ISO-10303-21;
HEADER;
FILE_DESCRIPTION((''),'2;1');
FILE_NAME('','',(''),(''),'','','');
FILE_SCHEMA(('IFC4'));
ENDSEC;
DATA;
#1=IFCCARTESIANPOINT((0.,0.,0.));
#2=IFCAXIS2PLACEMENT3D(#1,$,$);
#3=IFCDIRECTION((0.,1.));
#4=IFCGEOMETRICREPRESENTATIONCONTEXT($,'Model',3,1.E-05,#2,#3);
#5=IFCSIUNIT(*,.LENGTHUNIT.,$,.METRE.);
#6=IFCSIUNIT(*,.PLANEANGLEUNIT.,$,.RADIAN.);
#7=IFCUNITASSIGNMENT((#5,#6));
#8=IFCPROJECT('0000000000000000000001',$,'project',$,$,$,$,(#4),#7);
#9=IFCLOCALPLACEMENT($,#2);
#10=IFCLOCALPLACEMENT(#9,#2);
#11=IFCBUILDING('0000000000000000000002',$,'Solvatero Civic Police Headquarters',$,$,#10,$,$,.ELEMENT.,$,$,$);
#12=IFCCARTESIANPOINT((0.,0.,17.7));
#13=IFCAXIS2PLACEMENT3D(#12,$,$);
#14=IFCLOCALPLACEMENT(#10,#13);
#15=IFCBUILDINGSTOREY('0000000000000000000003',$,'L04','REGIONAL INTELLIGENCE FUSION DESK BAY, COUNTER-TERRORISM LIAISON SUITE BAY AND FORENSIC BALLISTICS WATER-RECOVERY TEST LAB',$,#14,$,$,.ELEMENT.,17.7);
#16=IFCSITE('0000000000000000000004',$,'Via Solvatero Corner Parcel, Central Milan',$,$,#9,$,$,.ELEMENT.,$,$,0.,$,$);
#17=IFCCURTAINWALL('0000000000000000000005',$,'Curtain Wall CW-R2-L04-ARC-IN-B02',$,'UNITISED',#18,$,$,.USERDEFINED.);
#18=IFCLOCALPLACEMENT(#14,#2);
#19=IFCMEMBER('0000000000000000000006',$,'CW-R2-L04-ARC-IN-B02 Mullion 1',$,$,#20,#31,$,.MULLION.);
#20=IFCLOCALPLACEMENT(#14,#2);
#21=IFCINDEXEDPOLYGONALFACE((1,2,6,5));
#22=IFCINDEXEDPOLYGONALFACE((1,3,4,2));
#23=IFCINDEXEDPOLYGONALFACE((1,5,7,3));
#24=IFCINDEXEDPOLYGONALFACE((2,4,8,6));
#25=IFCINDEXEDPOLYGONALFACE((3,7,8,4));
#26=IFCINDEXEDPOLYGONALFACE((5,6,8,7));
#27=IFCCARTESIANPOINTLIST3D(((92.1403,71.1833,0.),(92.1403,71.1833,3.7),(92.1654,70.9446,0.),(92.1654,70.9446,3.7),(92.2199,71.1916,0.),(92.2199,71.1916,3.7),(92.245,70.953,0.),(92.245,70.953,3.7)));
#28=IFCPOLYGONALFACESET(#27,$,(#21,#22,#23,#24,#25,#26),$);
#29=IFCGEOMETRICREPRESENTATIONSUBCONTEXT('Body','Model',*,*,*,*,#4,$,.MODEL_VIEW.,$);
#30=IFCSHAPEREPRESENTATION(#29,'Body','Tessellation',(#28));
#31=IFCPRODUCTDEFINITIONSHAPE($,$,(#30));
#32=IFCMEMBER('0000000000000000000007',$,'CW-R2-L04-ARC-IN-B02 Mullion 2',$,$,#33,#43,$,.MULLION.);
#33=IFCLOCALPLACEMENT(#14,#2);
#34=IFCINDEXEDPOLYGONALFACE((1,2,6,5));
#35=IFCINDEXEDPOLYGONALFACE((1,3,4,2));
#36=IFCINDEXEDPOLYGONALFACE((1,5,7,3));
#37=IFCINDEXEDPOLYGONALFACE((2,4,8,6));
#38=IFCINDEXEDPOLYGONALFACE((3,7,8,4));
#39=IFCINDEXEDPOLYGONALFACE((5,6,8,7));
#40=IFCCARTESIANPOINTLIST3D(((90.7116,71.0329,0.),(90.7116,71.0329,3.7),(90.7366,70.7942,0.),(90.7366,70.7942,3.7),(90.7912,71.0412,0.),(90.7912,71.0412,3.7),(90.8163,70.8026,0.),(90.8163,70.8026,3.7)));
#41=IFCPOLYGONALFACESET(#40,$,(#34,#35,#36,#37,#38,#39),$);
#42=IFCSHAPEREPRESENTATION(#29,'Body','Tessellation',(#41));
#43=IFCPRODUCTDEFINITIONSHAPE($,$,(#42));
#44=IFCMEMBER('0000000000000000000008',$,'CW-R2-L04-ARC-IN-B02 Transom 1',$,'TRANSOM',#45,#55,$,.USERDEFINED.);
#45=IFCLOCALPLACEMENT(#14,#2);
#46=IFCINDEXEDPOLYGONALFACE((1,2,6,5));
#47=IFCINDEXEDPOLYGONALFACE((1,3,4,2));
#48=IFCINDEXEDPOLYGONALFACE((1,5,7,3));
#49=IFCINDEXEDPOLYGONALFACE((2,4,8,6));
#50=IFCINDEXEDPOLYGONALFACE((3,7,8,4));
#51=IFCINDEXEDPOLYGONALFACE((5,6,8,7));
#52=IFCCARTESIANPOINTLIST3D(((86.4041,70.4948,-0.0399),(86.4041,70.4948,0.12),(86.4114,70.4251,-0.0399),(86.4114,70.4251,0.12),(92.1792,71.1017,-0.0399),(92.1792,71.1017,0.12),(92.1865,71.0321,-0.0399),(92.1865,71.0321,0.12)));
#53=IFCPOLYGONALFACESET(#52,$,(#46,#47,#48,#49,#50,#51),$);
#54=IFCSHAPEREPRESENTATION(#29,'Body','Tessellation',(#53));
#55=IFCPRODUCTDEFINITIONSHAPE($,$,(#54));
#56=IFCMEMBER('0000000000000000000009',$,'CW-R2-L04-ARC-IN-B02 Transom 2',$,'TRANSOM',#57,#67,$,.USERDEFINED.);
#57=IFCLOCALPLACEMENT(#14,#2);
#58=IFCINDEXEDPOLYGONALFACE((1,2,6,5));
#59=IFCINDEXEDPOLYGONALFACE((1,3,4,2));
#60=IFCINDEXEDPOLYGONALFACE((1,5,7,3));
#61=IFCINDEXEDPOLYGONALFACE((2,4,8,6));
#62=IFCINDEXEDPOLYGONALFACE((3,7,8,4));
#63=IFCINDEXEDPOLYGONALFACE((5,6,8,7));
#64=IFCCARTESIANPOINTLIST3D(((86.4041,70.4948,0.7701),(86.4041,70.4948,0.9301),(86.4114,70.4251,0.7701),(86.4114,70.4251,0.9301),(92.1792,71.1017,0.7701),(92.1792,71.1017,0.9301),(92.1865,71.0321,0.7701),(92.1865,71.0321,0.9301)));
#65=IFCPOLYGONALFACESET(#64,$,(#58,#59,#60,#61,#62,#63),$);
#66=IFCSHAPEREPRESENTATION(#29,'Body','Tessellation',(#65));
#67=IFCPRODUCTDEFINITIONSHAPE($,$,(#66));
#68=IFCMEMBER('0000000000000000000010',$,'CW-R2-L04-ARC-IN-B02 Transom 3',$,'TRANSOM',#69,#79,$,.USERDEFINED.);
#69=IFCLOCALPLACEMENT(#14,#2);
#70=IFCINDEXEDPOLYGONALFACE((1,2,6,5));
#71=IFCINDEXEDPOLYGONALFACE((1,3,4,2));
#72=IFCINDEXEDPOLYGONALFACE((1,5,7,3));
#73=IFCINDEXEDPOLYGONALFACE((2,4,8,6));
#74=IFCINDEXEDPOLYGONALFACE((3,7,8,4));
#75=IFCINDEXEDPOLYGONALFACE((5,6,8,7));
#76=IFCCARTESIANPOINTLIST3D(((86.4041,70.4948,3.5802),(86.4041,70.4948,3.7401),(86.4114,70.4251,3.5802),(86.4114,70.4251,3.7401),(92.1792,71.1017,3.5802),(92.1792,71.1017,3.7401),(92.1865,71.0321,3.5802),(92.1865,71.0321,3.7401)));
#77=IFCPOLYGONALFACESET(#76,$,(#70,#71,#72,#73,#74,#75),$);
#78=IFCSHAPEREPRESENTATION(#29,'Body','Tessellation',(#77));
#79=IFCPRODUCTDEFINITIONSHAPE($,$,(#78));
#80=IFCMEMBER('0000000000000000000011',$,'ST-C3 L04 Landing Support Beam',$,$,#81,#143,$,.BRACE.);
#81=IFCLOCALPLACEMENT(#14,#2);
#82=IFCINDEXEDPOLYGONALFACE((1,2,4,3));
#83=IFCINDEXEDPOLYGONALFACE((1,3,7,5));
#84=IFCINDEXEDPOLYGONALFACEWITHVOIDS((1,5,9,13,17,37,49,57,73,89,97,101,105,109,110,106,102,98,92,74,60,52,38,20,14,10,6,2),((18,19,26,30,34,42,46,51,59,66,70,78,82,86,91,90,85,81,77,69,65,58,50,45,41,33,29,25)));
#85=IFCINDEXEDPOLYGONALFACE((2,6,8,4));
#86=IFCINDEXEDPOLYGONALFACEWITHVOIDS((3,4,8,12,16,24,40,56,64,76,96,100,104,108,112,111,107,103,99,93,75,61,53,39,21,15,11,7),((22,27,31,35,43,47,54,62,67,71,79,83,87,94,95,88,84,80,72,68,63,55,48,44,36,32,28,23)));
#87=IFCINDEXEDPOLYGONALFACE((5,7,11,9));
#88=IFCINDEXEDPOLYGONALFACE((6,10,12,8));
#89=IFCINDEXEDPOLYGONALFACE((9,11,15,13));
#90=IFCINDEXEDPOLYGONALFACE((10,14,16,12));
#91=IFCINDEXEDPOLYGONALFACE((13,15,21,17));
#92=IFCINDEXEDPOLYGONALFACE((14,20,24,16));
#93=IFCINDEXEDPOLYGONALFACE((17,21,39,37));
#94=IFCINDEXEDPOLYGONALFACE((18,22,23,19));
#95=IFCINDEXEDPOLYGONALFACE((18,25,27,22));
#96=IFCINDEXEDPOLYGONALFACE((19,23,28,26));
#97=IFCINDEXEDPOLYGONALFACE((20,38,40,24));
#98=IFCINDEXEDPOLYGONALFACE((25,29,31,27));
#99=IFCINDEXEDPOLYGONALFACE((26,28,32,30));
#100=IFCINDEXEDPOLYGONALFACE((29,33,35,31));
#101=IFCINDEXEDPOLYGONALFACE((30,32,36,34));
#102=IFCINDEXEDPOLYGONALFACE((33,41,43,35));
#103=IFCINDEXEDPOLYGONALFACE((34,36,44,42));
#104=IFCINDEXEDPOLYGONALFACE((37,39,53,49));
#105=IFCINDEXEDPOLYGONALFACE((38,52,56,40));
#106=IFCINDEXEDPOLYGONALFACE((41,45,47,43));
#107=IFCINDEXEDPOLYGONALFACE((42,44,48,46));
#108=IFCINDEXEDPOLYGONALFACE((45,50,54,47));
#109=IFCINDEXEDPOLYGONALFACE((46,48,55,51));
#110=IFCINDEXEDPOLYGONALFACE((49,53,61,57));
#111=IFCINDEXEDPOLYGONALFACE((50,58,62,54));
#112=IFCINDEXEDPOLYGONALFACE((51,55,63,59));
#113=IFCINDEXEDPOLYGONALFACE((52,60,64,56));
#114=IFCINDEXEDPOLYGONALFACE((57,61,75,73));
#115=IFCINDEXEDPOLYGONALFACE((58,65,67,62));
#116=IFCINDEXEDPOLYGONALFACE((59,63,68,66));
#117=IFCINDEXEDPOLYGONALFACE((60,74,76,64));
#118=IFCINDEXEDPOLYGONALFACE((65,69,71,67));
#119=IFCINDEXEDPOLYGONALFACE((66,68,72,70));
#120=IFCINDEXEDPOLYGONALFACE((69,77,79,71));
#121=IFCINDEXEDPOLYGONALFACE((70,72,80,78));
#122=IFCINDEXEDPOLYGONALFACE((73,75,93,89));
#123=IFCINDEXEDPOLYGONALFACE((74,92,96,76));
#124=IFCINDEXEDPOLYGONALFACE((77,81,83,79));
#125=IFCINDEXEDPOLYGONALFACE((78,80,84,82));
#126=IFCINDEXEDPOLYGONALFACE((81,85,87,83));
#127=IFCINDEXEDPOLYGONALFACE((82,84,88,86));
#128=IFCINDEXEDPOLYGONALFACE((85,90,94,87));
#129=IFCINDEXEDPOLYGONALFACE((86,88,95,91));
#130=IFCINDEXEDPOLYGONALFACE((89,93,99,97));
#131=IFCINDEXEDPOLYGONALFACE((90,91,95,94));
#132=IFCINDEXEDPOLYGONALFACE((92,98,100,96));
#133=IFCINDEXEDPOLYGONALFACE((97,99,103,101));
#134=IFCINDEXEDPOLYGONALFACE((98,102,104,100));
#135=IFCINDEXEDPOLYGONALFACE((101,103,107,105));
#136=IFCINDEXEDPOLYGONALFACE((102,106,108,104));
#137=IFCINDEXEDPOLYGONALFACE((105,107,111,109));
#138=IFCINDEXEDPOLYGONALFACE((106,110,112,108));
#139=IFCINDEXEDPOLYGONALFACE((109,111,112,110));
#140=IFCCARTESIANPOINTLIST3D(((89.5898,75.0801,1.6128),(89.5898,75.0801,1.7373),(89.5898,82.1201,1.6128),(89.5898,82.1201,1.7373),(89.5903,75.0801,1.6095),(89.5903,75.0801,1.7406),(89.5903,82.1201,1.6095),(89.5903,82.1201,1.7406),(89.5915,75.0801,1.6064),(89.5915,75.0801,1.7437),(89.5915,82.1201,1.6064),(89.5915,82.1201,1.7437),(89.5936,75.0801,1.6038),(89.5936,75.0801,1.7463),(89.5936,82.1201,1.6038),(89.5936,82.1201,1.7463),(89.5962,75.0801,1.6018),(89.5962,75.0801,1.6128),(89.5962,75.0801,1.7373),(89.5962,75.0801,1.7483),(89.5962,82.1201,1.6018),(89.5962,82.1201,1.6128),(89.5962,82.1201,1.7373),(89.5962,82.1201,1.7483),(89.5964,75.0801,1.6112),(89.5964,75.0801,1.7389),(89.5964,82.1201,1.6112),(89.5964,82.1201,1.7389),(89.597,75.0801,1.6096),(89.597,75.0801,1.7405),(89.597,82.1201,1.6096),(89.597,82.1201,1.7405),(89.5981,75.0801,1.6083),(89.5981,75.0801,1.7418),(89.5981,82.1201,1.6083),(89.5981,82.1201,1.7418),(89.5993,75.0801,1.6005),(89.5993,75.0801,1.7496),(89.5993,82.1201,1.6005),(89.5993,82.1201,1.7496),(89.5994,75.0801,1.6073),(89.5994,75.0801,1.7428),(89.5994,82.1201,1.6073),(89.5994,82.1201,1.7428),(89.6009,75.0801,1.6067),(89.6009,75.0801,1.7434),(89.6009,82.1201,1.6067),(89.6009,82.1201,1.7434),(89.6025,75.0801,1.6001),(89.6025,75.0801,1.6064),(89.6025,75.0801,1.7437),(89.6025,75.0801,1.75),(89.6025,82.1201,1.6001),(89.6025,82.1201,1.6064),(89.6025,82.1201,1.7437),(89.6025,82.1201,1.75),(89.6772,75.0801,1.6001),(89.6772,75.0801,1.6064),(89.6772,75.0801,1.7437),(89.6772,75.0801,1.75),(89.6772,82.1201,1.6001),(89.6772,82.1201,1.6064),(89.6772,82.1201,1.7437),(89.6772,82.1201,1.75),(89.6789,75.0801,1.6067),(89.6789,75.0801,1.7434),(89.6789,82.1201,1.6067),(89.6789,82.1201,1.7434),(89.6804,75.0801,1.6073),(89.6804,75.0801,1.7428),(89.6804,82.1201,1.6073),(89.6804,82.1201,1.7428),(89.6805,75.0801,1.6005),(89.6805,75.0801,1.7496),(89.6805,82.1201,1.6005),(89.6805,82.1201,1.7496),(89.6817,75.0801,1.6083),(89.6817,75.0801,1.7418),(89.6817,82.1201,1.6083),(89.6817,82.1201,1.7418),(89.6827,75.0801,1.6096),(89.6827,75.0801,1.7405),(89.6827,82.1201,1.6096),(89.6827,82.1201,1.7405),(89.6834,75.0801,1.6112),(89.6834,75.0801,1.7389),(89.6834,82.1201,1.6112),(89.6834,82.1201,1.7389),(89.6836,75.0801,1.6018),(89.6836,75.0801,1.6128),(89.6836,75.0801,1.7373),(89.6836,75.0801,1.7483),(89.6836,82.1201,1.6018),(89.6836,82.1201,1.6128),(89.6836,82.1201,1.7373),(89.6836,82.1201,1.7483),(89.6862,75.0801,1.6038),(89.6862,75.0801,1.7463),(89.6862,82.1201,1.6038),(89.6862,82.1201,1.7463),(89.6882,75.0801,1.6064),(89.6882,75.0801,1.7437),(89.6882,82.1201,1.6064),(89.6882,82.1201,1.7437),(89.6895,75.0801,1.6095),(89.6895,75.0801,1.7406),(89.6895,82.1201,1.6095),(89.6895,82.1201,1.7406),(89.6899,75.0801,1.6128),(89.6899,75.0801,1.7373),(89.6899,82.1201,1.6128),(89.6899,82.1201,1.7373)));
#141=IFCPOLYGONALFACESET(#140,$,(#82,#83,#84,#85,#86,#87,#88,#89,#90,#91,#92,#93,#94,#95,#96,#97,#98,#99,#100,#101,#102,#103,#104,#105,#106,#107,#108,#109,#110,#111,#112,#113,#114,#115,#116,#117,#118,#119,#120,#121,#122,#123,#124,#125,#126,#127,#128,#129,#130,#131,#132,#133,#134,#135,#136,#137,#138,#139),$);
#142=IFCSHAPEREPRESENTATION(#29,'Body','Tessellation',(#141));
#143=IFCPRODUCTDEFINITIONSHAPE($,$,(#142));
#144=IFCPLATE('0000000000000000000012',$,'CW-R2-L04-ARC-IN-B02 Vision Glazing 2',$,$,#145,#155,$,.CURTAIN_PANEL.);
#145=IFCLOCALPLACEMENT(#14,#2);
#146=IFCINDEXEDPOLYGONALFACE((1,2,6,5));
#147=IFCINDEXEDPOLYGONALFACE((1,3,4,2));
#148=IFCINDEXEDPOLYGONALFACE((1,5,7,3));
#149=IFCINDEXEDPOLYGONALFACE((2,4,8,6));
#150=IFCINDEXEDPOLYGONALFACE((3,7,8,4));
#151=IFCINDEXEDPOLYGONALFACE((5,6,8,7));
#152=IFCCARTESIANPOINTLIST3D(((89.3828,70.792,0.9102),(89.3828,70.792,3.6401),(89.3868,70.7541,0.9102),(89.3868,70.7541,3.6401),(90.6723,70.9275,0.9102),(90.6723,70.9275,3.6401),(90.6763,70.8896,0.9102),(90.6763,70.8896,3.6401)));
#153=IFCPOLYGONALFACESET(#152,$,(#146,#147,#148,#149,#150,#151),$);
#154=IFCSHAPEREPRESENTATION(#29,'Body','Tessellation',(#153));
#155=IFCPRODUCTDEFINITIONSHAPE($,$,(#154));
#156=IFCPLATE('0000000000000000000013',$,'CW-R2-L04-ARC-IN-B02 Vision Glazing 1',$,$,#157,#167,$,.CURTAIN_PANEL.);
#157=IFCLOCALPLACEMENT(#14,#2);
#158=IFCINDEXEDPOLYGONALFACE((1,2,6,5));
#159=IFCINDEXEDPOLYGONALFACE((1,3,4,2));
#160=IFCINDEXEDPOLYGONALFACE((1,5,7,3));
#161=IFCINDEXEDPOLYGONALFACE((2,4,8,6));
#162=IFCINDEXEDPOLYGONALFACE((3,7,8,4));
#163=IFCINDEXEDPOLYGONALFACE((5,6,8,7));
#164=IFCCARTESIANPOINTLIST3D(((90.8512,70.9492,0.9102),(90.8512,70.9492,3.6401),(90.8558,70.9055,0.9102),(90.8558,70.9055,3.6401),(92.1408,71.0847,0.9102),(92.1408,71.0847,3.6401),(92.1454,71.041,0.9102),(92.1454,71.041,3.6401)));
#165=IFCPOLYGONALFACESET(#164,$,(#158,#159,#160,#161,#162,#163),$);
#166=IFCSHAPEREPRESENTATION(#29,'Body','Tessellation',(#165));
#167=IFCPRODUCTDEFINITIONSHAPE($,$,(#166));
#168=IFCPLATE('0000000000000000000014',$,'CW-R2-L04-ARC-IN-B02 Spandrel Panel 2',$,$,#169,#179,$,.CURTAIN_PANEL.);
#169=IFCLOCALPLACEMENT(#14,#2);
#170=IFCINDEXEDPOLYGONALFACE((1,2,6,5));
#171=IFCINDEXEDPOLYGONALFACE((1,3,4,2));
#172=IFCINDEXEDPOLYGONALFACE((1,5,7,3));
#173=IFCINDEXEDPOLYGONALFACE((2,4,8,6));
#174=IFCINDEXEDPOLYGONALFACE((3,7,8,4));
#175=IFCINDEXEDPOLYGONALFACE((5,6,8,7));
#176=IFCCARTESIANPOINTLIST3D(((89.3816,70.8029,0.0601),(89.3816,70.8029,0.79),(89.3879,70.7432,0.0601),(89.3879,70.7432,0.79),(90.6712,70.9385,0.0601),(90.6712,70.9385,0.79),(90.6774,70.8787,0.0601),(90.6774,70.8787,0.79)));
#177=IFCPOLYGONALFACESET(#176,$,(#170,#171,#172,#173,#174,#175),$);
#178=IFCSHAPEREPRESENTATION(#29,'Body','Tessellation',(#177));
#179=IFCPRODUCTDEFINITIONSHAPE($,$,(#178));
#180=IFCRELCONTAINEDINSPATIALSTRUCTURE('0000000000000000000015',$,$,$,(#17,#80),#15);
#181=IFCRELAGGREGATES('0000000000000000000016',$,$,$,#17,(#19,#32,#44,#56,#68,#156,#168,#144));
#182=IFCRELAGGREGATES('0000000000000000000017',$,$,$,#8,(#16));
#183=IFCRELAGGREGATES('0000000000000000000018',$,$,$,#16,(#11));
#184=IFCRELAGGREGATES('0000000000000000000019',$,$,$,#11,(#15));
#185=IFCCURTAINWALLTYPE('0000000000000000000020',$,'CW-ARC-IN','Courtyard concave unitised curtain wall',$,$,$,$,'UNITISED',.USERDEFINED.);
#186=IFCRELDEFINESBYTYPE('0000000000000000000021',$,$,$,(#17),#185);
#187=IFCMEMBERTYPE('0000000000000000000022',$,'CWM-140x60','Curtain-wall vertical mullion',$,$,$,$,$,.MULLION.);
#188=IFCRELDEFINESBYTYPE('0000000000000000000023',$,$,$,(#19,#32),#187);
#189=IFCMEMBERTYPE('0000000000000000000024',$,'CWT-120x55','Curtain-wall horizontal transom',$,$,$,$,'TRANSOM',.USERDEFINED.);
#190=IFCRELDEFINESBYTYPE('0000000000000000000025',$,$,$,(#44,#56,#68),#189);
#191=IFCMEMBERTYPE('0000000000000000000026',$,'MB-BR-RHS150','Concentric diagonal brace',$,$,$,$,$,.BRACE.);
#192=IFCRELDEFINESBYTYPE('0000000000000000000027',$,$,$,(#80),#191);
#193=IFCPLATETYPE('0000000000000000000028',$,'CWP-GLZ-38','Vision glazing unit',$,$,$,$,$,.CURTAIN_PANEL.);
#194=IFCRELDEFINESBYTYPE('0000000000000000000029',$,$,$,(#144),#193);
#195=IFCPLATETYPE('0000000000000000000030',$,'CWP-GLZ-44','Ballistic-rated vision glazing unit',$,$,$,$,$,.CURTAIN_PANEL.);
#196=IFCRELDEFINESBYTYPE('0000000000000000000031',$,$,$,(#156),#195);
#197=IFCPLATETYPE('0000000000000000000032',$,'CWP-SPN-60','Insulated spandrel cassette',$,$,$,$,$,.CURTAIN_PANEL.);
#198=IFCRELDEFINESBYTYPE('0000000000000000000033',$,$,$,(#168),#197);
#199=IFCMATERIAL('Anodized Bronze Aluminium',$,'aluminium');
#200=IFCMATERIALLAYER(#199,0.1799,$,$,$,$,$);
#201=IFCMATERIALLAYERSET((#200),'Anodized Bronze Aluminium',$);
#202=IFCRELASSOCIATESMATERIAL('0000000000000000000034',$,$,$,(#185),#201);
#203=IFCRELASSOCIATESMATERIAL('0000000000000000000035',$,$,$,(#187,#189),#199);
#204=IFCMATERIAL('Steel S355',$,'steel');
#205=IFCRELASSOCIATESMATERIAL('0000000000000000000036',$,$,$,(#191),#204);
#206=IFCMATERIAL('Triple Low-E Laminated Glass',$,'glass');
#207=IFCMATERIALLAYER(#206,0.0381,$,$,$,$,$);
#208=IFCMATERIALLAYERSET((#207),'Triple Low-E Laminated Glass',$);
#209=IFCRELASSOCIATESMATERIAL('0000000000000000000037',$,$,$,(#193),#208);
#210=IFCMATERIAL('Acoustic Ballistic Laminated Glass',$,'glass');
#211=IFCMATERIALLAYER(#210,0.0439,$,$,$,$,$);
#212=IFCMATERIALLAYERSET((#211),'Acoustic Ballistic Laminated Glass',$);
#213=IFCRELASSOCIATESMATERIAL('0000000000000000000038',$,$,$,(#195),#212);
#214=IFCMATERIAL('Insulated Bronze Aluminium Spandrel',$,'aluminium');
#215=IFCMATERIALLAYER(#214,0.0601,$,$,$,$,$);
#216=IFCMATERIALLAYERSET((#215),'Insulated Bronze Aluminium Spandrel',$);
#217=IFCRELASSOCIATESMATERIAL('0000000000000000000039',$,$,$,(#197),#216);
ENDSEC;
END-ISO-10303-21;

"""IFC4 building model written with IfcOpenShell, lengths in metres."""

from ifc_helpers import new_model, si_unit, direction, frame, origin, origin_2d, place, context, subcontext, project, spatial, rectangle, hollow_rectangle, extrude, material, layer, layer_set, material_profile, profile_set, type_object, element, aggregate, save


model = new_model("IFC4")

# Units and contexts
model_context = context("Model", 3, precision=1e-05, world=origin(), true_north=direction((0.0, 1.0)))
body_context = subcontext(model_context, "Body", "Model", "MODEL_VIEW")
ifc_project = project(units=[si_unit("LENGTHUNIT", "METRE"), si_unit("PLANEANGLEUNIT", "RADIAN")], contexts=[model_context])

# Site, building, storey
site_placement = place(None, origin())
site = spatial("IfcSite", under=ifc_project, at=site_placement, Name="Via Solvatero Corner Parcel, Central Milan", CompositionType="ELEMENT", RefElevation=0.0)
building_placement = place(site_placement, origin())
building = spatial("IfcBuilding", under=site, at=building_placement, Name="Solvatero Civic Police Headquarters", CompositionType="ELEMENT")
storey_placement = place(building_placement, frame((0.0, 0.0, 17.7)))
storey = spatial("IfcBuildingStorey", under=building, at=storey_placement, Name="L04", Description="REGIONAL INTELLIGENCE FUSION DESK BAY, COUNTER-TERRORISM LIAISON SUITE BAY AND FORENSIC BALLISTICS WATER-RECOVERY TEST LAB", CompositionType="ELEMENT", Elevation=17.7)

# Curtain wall, members
ifc_material_1 = material(Name="Anodized Bronze Aluminium", Category="aluminium")
ifc_layer_1 = layer(ifc_material_1, 0.1799)
ifc_layer_set_1 = layer_set([ifc_layer_1], Name="Anodized Bronze Aluminium")
curtain_wall_type = type_object("IfcCurtainWallType", Name="CW-ARC-IN", Description="Courtyard concave unitised curtain wall", ElementType="UNITISED", PredefinedType="USERDEFINED", material=ifc_layer_set_1)
curtain_wall_placement = place(storey_placement, origin())
curtain_wall = element("IfcCurtainWall", 1, at=curtain_wall_placement, inside=storey, type_object=curtain_wall_type, Name="Curtain Wall CW-R2-L04-ARC-IN-B02", ObjectType="UNITISED", PredefinedType="USERDEFINED")
ifc_material_profile_1 = material_profile(ifc_material_1, rectangle(XDim=0.0801, YDim=0.24, at=origin_2d()), Name="ALU MULLION 80x240")
ifc_profile_set_1 = profile_set([ifc_material_profile_1], Name="Anodized Bronze Aluminium")
member_type_1 = type_object("IfcMemberType", Name="CWM-140x60", Description="Curtain-wall vertical mullion", PredefinedType="MULLION", material=ifc_profile_set_1)
member_1_placement = place(storey_placement, frame((92.1926, 71.0681, 0.0), z_axis=(0.0, 0.0, 1.0), x_axis=(-0.994522, -0.104528, 0.0)))
member_1 = element("IfcMember", 2, at=member_1_placement, type_object=member_type_1, Name="CW-R2-L04-ARC-IN-B02 Mullion 1", PredefinedType="MULLION", context=body_context, shape_type="SweptSolid", body=[
    extrude(rectangle(XDim=0.0801, YDim=0.24, at=origin_2d()), origin(), (0.0, 0.0, 1.0), 3.7),
])
member_2_placement = place(storey_placement, frame((90.7639, 70.9177, 0.0), z_axis=(0.0, 0.0, 1.0), x_axis=(-0.994522, -0.104528, 0.0)))
member_2 = element("IfcMember", 3, at=member_2_placement, type_object=member_type_1, Name="CW-R2-L04-ARC-IN-B02 Mullion 2", PredefinedType="MULLION", context=body_context, shape_type="SweptSolid", body=[
    extrude(rectangle(XDim=0.0801, YDim=0.24, at=origin_2d()), origin(), (0.0, 0.0, 1.0), 3.7),
])
ifc_material_profile_2 = material_profile(ifc_material_1, rectangle(XDim=0.0701, YDim=0.1599, at=origin_2d()), Name="ALU TRANSOM 70x160")
ifc_profile_set_2 = profile_set([ifc_material_profile_2], Name="Anodized Bronze Aluminium")
member_type_2 = type_object("IfcMemberType", Name="CWT-120x55", Description="Curtain-wall horizontal transom", ElementType="TRANSOM", PredefinedType="USERDEFINED", material=ifc_profile_set_2)
member_3_placement = place(storey_placement, frame((92.1829, 71.0669, 0.04), z_axis=(-0.994523, -0.104518, 0.0), x_axis=(0.104518, -0.994523, 0.0)))
member_3 = element("IfcMember", 4, at=member_3_placement, type_object=member_type_2, Name="CW-R2-L04-ARC-IN-B02 Transom 1", ObjectType="TRANSOM", PredefinedType="USERDEFINED", context=body_context, shape_type="SweptSolid", body=[
    extrude(rectangle(XDim=0.0701, YDim=0.1599, at=origin_2d()), origin(), (0.0, 0.0, 1.0), 5.8069),
])
member_4_placement = place(storey_placement, frame((92.1829, 71.0669, 0.8501), z_axis=(-0.994523, -0.104518, 0.0), x_axis=(0.104518, -0.994523, 0.0)))
member_4 = element("IfcMember", 5, at=member_4_placement, type_object=member_type_2, Name="CW-R2-L04-ARC-IN-B02 Transom 2", ObjectType="TRANSOM", PredefinedType="USERDEFINED", context=body_context, shape_type="SweptSolid", body=[
    extrude(rectangle(XDim=0.0701, YDim=0.1599, at=origin_2d()), origin(), (0.0, 0.0, 1.0), 5.8069),
])
member_5_placement = place(storey_placement, frame((92.1829, 71.0669, 3.6602), z_axis=(-0.994523, -0.104518, 0.0), x_axis=(0.104518, -0.994523, 0.0)))
member_5 = element("IfcMember", 6, at=member_5_placement, type_object=member_type_2, Name="CW-R2-L04-ARC-IN-B02 Transom 3", ObjectType="TRANSOM", PredefinedType="USERDEFINED", context=body_context, shape_type="SweptSolid", body=[
    extrude(rectangle(XDim=0.0701, YDim=0.1599, at=origin_2d()), origin(), (0.0, 0.0, 1.0), 5.8069),
])

# Member
ifc_material_2 = material(Name="Steel S355", Category="steel")
ifc_material_profile_3 = material_profile(ifc_material_2, hollow_rectangle(XDim=0.1001, YDim=0.1499, WallThickness=0.0063, InnerFilletRadius=0.0063, OuterFilletRadius=0.0127, at=origin_2d()), Name="RHS 150x100x6.3")
ifc_profile_set_3 = profile_set([ifc_material_profile_3], Name="Steel S355")
member_type_3 = type_object("IfcMemberType", Name="MB-BR-RHS150", Description="Concentric diagonal brace", PredefinedType="BRACE", material=ifc_profile_set_3)
member_6_placement = place(storey_placement, frame((89.6399, 75.0801, 1.675), z_axis=(0.0, 1.0, 0.0), x_axis=(-1.0, 0.0, 0.0)))
element("IfcMember", 7, at=member_6_placement, inside=storey, type_object=member_type_3, Name="ST-C3 L04 Landing Support Beam", PredefinedType="BRACE", context=body_context, shape_type="SweptSolid", body=[
    extrude(hollow_rectangle(XDim=0.1001, YDim=0.1499, WallThickness=0.0063, InnerFilletRadius=0.0063, OuterFilletRadius=0.0127, at=origin_2d()), origin(), (0.0, 0.0, 1.0), 7.04),
])

# Plates
ifc_material_3 = material(Name="Triple Low-E Laminated Glass", Category="glass")
ifc_layer_2 = layer(ifc_material_3, 0.0381)
ifc_layer_set_2 = layer_set([ifc_layer_2], Name="Triple Low-E Laminated Glass")
plate_type_1 = type_object("IfcPlateType", Name="CWP-GLZ-38", Description="Vision glazing unit", PredefinedType="CURTAIN_PANEL", material=ifc_layer_set_2)
plate_1_placement = place(storey_placement, frame((90.0295, 70.8408, 0.9102), z_axis=(0.0, 0.0, 1.0), x_axis=(-0.994522, -0.104528, 0.0)))
plate_1 = element("IfcPlate", 8, at=plate_1_placement, type_object=plate_type_1, Name="CW-R2-L04-ARC-IN-B02 Vision Glazing 2", PredefinedType="CURTAIN_PANEL", context=body_context, shape_type="SweptSolid", body=[
    extrude(rectangle(XDim=1.2966, YDim=0.0381, at=origin_2d()), origin(), (0.0, 0.0, 1.0), 2.73),
])
ifc_material_4 = material(Name="Acoustic Ballistic Laminated Glass", Category="glass")
ifc_layer_3 = layer(ifc_material_4, 0.0439)
ifc_layer_set_3 = layer_set([ifc_layer_3], Name="Acoustic Ballistic Laminated Glass")
plate_type_2 = type_object("IfcPlateType", Name="CWP-GLZ-44", Description="Ballistic-rated vision glazing unit", PredefinedType="CURTAIN_PANEL", material=ifc_layer_set_3)
plate_2_placement = place(storey_placement, frame((91.4983, 70.9951, 0.9102), z_axis=(0.0, 0.0, 1.0), x_axis=(-0.994522, -0.104528, 0.0)))
plate_2 = element("IfcPlate", 9, at=plate_2_placement, type_object=plate_type_2, Name="CW-R2-L04-ARC-IN-B02 Vision Glazing 1", PredefinedType="CURTAIN_PANEL", context=body_context, shape_type="SweptSolid", body=[
    extrude(rectangle(XDim=1.2966, YDim=0.0439, at=origin_2d()), origin(), (0.0, 0.0, 1.0), 2.73),
])
ifc_material_5 = material(Name="Insulated Bronze Aluminium Spandrel", Category="aluminium")
ifc_layer_4 = layer(ifc_material_5, 0.0601)
ifc_layer_set_4 = layer_set([ifc_layer_4], Name="Insulated Bronze Aluminium Spandrel")
plate_type_3 = type_object("IfcPlateType", Name="CWP-SPN-60", Description="Insulated spandrel cassette", PredefinedType="CURTAIN_PANEL", material=ifc_layer_set_4)
plate_3_placement = place(storey_placement, frame((90.0295, 70.8408, 0.0601), z_axis=(0.0, 0.0, 1.0), x_axis=(-0.994522, -0.104528, 0.0)))
plate_3 = element("IfcPlate", 10, at=plate_3_placement, type_object=plate_type_3, Name="CW-R2-L04-ARC-IN-B02 Spandrel Panel 2", PredefinedType="CURTAIN_PANEL", context=body_context, shape_type="SweptSolid", body=[
    extrude(rectangle(XDim=1.2966, YDim=0.0601, at=origin_2d()), origin(), (0.0, 0.0, 1.0), 0.73),
])
aggregate(curtain_wall, [member_1, member_2, member_3, member_4, member_5, plate_2, plate_3, plate_1])

save(model, "model.ifc")
